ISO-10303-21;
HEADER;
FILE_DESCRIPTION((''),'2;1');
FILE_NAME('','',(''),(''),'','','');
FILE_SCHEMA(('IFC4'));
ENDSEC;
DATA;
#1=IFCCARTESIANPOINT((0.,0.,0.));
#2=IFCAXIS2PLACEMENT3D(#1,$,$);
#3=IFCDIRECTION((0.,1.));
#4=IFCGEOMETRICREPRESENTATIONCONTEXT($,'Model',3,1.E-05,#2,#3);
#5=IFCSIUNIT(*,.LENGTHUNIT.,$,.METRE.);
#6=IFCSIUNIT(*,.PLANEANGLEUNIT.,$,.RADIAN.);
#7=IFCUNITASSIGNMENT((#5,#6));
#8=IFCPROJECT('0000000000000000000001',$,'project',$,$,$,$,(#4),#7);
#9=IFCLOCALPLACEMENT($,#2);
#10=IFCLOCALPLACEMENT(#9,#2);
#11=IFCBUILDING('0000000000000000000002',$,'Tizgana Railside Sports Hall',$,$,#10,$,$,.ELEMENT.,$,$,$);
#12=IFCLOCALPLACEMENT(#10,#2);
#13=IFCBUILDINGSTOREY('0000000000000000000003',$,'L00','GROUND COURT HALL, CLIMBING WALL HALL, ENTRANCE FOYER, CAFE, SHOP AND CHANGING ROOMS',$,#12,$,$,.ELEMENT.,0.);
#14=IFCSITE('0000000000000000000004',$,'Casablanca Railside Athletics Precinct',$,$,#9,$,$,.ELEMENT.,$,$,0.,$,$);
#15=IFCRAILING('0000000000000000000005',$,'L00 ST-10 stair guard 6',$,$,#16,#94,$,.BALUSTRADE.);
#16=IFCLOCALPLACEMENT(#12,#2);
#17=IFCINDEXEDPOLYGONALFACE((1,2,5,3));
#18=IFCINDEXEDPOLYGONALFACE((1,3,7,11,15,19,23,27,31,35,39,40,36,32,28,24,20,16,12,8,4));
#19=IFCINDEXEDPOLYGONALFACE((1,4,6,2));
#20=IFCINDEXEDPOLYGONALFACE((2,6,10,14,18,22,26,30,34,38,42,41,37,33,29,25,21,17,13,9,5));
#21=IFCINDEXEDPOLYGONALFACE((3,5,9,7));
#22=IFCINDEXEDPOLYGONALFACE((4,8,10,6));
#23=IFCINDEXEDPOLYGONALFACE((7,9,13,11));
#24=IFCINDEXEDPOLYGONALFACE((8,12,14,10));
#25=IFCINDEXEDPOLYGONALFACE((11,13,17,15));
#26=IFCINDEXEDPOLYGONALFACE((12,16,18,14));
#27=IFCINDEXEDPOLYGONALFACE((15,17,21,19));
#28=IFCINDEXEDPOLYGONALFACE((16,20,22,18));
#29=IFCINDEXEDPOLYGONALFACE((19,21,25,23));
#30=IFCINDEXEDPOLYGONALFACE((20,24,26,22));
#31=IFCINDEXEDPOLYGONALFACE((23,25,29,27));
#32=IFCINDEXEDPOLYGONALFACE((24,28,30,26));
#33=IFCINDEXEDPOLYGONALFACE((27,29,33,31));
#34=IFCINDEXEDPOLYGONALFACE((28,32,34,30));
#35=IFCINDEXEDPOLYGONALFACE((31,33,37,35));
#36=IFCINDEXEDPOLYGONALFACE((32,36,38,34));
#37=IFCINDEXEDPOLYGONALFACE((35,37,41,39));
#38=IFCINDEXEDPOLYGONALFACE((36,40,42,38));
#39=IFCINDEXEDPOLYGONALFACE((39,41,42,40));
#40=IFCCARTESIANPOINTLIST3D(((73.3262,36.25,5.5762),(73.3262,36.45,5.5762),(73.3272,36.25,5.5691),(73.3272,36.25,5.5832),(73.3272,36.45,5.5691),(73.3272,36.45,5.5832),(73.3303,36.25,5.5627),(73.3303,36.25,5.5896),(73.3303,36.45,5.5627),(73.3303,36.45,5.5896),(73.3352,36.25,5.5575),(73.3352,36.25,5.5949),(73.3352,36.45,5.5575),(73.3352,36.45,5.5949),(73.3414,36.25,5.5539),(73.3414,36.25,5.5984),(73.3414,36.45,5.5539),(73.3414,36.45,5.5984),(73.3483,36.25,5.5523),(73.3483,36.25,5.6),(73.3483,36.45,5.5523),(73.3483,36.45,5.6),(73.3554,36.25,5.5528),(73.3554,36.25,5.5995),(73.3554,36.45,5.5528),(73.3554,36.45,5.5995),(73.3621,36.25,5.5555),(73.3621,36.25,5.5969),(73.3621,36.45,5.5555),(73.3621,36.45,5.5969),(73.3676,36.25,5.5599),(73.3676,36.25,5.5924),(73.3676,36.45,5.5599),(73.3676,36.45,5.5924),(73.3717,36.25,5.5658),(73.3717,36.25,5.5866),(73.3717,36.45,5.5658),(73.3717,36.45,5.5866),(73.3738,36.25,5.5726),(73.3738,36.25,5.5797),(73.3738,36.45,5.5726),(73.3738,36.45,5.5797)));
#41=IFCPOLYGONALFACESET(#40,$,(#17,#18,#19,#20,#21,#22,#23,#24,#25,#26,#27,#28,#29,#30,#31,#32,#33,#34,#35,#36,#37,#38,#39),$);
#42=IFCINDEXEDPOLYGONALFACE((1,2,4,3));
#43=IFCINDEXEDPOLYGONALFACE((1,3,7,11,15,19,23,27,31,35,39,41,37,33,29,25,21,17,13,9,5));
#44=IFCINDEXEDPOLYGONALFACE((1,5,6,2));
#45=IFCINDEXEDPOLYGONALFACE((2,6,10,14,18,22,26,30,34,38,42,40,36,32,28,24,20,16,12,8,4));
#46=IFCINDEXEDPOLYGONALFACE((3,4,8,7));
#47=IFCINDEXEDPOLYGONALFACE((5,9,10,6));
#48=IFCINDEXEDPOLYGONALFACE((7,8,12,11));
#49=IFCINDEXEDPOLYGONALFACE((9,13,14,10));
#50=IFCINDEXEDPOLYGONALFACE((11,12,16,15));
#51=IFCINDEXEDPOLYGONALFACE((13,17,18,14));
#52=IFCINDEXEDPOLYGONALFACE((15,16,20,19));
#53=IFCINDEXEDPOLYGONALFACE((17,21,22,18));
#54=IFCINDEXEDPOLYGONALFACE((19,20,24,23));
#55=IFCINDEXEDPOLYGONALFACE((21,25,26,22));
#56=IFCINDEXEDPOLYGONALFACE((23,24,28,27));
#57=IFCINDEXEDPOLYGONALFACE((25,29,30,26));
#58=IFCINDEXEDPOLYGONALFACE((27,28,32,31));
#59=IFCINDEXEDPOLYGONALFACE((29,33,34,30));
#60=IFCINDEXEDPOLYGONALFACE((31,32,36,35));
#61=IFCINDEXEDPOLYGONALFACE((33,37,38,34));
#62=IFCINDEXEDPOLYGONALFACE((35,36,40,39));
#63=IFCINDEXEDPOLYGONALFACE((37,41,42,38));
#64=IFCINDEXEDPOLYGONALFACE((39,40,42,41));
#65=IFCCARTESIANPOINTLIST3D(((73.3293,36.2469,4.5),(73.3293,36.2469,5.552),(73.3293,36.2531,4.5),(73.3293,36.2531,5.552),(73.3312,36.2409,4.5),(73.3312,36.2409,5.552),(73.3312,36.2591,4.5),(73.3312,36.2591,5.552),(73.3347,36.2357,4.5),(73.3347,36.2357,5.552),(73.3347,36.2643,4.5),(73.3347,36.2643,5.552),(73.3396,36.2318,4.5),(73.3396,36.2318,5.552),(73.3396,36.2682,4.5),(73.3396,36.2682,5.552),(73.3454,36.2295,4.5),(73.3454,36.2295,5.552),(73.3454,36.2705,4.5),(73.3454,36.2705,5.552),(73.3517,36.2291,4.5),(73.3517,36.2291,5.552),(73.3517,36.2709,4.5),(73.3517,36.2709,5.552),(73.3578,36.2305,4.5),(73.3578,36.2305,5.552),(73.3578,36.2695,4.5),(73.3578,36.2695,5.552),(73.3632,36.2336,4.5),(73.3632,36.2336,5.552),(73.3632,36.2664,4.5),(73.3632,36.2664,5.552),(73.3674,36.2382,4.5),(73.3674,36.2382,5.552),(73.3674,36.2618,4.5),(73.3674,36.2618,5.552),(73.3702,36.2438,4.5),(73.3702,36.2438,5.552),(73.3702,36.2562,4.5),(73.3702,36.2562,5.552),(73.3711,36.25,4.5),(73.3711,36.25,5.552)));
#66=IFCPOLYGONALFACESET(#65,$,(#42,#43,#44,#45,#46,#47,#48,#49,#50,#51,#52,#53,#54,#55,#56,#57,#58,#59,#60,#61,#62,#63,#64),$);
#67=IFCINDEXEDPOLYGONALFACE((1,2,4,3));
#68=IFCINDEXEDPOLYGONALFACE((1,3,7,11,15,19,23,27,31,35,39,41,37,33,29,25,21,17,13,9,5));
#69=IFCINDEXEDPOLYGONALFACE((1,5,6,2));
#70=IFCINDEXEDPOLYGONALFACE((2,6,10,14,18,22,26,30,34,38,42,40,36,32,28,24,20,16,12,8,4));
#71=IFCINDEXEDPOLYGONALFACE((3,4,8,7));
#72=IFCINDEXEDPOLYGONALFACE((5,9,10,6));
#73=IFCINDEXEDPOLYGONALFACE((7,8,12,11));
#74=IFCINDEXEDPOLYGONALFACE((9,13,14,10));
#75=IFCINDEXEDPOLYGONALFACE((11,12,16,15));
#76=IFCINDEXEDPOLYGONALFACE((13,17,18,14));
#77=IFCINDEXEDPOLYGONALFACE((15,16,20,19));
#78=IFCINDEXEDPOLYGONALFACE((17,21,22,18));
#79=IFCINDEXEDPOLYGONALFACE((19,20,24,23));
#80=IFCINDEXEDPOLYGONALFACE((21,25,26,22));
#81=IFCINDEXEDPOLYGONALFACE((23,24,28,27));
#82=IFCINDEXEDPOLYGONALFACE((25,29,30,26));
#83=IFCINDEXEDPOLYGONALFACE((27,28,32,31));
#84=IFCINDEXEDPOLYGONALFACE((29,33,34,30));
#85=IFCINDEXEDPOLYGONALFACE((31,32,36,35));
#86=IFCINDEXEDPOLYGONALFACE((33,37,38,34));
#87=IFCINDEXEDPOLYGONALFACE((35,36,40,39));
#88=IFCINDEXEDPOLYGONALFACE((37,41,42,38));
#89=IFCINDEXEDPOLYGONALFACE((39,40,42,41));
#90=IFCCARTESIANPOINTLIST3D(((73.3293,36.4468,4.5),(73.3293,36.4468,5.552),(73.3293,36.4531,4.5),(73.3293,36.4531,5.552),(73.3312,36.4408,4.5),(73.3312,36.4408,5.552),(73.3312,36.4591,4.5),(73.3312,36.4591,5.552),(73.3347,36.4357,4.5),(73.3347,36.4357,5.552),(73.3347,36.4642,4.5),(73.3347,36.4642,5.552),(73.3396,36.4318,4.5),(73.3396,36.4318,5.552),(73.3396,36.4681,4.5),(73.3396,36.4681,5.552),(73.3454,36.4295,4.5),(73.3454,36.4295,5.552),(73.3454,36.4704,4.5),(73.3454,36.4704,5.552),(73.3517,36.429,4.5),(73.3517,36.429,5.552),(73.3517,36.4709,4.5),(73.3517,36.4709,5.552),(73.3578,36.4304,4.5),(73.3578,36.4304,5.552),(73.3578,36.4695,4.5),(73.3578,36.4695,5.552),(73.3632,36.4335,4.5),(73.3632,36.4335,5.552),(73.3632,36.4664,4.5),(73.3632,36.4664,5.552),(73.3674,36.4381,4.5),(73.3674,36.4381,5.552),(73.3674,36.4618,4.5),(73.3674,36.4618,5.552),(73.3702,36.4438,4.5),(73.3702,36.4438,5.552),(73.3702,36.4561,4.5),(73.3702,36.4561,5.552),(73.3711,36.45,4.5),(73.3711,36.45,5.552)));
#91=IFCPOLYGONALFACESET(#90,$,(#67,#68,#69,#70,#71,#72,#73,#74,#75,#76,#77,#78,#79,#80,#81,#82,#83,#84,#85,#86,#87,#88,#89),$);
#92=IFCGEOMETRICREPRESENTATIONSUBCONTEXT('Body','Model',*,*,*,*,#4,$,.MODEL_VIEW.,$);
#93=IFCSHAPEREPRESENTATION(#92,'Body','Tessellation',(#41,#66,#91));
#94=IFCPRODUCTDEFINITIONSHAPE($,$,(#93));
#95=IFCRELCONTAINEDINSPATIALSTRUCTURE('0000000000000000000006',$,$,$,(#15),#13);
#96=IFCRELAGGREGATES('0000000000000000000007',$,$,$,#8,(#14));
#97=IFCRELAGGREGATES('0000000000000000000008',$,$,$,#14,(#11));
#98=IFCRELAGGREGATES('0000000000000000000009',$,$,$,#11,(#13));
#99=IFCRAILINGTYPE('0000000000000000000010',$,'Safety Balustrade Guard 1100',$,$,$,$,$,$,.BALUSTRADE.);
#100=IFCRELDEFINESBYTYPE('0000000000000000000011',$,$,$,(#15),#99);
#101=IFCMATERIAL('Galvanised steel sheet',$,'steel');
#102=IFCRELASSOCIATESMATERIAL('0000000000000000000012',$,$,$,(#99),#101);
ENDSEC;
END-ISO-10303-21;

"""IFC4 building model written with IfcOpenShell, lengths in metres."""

from ifc_helpers import new_model, si_unit, direction, frame, origin, origin_2d, place, context, subcontext, project, spatial, circle, extrude, material, type_object, element, save


model = new_model("IFC4")

# Units and contexts
model_context = context("Model", 3, precision=1e-05, world=origin(), true_north=direction((0.0, 1.0)))
body_context = subcontext(model_context, "Body", "Model", "MODEL_VIEW")
ifc_project = project(units=[si_unit("LENGTHUNIT", "METRE"), si_unit("PLANEANGLEUNIT", "RADIAN")], contexts=[model_context])

# Site, building, storey
site_placement = place(None, origin())
site = spatial("IfcSite", under=ifc_project, at=site_placement, Name="Casablanca Railside Athletics Precinct", CompositionType="ELEMENT", RefElevation=0.0)
building_placement = place(site_placement, origin())
building = spatial("IfcBuilding", under=site, at=building_placement, Name="Tizgana Railside Sports Hall", CompositionType="ELEMENT")
storey_placement = place(building_placement, origin())
storey = spatial("IfcBuildingStorey", under=building, at=storey_placement, Name="L00", Description="GROUND COURT HALL, CLIMBING WALL HALL, ENTRANCE FOYER, CAFE, SHOP AND CHANGING ROOMS", CompositionType="ELEMENT", Elevation=0.0)

# Railing
ifc_material_1 = material(Name="Galvanised steel sheet", Category="steel")
railing_type_1 = type_object("IfcRailingType", Name="Safety Balustrade Guard 1100", PredefinedType="BALUSTRADE", material=ifc_material_1)
railing_1_placement = place(storey_placement, frame((73.3501, 36.25, 4.5)))
element("IfcRailing", 1, at=railing_1_placement, inside=storey, type_object=railing_type_1, Name="L00 ST-10 stair guard 6", PredefinedType="BALUSTRADE", context=body_context, shape_type="SweptSolid", body=[
    extrude(circle(Radius=0.0239, at=origin_2d()), frame((0.0, 0.0, 1.0762), z_axis=(0.0, 1.0, 0.0), x_axis=(-1.0, 0.0, 0.0)), (0.0, 0.0, 1.0), 0.2),
    extrude(circle(Radius=0.021, at=origin_2d()), origin(), (0.0, 0.0, 1.0), 1.052),
    extrude(circle(Radius=0.021, at=origin_2d()), frame((0.0, 0.2, 0.0)), (0.0, 0.0, 1.0), 1.052),
])

save(model, "model.ifc")
